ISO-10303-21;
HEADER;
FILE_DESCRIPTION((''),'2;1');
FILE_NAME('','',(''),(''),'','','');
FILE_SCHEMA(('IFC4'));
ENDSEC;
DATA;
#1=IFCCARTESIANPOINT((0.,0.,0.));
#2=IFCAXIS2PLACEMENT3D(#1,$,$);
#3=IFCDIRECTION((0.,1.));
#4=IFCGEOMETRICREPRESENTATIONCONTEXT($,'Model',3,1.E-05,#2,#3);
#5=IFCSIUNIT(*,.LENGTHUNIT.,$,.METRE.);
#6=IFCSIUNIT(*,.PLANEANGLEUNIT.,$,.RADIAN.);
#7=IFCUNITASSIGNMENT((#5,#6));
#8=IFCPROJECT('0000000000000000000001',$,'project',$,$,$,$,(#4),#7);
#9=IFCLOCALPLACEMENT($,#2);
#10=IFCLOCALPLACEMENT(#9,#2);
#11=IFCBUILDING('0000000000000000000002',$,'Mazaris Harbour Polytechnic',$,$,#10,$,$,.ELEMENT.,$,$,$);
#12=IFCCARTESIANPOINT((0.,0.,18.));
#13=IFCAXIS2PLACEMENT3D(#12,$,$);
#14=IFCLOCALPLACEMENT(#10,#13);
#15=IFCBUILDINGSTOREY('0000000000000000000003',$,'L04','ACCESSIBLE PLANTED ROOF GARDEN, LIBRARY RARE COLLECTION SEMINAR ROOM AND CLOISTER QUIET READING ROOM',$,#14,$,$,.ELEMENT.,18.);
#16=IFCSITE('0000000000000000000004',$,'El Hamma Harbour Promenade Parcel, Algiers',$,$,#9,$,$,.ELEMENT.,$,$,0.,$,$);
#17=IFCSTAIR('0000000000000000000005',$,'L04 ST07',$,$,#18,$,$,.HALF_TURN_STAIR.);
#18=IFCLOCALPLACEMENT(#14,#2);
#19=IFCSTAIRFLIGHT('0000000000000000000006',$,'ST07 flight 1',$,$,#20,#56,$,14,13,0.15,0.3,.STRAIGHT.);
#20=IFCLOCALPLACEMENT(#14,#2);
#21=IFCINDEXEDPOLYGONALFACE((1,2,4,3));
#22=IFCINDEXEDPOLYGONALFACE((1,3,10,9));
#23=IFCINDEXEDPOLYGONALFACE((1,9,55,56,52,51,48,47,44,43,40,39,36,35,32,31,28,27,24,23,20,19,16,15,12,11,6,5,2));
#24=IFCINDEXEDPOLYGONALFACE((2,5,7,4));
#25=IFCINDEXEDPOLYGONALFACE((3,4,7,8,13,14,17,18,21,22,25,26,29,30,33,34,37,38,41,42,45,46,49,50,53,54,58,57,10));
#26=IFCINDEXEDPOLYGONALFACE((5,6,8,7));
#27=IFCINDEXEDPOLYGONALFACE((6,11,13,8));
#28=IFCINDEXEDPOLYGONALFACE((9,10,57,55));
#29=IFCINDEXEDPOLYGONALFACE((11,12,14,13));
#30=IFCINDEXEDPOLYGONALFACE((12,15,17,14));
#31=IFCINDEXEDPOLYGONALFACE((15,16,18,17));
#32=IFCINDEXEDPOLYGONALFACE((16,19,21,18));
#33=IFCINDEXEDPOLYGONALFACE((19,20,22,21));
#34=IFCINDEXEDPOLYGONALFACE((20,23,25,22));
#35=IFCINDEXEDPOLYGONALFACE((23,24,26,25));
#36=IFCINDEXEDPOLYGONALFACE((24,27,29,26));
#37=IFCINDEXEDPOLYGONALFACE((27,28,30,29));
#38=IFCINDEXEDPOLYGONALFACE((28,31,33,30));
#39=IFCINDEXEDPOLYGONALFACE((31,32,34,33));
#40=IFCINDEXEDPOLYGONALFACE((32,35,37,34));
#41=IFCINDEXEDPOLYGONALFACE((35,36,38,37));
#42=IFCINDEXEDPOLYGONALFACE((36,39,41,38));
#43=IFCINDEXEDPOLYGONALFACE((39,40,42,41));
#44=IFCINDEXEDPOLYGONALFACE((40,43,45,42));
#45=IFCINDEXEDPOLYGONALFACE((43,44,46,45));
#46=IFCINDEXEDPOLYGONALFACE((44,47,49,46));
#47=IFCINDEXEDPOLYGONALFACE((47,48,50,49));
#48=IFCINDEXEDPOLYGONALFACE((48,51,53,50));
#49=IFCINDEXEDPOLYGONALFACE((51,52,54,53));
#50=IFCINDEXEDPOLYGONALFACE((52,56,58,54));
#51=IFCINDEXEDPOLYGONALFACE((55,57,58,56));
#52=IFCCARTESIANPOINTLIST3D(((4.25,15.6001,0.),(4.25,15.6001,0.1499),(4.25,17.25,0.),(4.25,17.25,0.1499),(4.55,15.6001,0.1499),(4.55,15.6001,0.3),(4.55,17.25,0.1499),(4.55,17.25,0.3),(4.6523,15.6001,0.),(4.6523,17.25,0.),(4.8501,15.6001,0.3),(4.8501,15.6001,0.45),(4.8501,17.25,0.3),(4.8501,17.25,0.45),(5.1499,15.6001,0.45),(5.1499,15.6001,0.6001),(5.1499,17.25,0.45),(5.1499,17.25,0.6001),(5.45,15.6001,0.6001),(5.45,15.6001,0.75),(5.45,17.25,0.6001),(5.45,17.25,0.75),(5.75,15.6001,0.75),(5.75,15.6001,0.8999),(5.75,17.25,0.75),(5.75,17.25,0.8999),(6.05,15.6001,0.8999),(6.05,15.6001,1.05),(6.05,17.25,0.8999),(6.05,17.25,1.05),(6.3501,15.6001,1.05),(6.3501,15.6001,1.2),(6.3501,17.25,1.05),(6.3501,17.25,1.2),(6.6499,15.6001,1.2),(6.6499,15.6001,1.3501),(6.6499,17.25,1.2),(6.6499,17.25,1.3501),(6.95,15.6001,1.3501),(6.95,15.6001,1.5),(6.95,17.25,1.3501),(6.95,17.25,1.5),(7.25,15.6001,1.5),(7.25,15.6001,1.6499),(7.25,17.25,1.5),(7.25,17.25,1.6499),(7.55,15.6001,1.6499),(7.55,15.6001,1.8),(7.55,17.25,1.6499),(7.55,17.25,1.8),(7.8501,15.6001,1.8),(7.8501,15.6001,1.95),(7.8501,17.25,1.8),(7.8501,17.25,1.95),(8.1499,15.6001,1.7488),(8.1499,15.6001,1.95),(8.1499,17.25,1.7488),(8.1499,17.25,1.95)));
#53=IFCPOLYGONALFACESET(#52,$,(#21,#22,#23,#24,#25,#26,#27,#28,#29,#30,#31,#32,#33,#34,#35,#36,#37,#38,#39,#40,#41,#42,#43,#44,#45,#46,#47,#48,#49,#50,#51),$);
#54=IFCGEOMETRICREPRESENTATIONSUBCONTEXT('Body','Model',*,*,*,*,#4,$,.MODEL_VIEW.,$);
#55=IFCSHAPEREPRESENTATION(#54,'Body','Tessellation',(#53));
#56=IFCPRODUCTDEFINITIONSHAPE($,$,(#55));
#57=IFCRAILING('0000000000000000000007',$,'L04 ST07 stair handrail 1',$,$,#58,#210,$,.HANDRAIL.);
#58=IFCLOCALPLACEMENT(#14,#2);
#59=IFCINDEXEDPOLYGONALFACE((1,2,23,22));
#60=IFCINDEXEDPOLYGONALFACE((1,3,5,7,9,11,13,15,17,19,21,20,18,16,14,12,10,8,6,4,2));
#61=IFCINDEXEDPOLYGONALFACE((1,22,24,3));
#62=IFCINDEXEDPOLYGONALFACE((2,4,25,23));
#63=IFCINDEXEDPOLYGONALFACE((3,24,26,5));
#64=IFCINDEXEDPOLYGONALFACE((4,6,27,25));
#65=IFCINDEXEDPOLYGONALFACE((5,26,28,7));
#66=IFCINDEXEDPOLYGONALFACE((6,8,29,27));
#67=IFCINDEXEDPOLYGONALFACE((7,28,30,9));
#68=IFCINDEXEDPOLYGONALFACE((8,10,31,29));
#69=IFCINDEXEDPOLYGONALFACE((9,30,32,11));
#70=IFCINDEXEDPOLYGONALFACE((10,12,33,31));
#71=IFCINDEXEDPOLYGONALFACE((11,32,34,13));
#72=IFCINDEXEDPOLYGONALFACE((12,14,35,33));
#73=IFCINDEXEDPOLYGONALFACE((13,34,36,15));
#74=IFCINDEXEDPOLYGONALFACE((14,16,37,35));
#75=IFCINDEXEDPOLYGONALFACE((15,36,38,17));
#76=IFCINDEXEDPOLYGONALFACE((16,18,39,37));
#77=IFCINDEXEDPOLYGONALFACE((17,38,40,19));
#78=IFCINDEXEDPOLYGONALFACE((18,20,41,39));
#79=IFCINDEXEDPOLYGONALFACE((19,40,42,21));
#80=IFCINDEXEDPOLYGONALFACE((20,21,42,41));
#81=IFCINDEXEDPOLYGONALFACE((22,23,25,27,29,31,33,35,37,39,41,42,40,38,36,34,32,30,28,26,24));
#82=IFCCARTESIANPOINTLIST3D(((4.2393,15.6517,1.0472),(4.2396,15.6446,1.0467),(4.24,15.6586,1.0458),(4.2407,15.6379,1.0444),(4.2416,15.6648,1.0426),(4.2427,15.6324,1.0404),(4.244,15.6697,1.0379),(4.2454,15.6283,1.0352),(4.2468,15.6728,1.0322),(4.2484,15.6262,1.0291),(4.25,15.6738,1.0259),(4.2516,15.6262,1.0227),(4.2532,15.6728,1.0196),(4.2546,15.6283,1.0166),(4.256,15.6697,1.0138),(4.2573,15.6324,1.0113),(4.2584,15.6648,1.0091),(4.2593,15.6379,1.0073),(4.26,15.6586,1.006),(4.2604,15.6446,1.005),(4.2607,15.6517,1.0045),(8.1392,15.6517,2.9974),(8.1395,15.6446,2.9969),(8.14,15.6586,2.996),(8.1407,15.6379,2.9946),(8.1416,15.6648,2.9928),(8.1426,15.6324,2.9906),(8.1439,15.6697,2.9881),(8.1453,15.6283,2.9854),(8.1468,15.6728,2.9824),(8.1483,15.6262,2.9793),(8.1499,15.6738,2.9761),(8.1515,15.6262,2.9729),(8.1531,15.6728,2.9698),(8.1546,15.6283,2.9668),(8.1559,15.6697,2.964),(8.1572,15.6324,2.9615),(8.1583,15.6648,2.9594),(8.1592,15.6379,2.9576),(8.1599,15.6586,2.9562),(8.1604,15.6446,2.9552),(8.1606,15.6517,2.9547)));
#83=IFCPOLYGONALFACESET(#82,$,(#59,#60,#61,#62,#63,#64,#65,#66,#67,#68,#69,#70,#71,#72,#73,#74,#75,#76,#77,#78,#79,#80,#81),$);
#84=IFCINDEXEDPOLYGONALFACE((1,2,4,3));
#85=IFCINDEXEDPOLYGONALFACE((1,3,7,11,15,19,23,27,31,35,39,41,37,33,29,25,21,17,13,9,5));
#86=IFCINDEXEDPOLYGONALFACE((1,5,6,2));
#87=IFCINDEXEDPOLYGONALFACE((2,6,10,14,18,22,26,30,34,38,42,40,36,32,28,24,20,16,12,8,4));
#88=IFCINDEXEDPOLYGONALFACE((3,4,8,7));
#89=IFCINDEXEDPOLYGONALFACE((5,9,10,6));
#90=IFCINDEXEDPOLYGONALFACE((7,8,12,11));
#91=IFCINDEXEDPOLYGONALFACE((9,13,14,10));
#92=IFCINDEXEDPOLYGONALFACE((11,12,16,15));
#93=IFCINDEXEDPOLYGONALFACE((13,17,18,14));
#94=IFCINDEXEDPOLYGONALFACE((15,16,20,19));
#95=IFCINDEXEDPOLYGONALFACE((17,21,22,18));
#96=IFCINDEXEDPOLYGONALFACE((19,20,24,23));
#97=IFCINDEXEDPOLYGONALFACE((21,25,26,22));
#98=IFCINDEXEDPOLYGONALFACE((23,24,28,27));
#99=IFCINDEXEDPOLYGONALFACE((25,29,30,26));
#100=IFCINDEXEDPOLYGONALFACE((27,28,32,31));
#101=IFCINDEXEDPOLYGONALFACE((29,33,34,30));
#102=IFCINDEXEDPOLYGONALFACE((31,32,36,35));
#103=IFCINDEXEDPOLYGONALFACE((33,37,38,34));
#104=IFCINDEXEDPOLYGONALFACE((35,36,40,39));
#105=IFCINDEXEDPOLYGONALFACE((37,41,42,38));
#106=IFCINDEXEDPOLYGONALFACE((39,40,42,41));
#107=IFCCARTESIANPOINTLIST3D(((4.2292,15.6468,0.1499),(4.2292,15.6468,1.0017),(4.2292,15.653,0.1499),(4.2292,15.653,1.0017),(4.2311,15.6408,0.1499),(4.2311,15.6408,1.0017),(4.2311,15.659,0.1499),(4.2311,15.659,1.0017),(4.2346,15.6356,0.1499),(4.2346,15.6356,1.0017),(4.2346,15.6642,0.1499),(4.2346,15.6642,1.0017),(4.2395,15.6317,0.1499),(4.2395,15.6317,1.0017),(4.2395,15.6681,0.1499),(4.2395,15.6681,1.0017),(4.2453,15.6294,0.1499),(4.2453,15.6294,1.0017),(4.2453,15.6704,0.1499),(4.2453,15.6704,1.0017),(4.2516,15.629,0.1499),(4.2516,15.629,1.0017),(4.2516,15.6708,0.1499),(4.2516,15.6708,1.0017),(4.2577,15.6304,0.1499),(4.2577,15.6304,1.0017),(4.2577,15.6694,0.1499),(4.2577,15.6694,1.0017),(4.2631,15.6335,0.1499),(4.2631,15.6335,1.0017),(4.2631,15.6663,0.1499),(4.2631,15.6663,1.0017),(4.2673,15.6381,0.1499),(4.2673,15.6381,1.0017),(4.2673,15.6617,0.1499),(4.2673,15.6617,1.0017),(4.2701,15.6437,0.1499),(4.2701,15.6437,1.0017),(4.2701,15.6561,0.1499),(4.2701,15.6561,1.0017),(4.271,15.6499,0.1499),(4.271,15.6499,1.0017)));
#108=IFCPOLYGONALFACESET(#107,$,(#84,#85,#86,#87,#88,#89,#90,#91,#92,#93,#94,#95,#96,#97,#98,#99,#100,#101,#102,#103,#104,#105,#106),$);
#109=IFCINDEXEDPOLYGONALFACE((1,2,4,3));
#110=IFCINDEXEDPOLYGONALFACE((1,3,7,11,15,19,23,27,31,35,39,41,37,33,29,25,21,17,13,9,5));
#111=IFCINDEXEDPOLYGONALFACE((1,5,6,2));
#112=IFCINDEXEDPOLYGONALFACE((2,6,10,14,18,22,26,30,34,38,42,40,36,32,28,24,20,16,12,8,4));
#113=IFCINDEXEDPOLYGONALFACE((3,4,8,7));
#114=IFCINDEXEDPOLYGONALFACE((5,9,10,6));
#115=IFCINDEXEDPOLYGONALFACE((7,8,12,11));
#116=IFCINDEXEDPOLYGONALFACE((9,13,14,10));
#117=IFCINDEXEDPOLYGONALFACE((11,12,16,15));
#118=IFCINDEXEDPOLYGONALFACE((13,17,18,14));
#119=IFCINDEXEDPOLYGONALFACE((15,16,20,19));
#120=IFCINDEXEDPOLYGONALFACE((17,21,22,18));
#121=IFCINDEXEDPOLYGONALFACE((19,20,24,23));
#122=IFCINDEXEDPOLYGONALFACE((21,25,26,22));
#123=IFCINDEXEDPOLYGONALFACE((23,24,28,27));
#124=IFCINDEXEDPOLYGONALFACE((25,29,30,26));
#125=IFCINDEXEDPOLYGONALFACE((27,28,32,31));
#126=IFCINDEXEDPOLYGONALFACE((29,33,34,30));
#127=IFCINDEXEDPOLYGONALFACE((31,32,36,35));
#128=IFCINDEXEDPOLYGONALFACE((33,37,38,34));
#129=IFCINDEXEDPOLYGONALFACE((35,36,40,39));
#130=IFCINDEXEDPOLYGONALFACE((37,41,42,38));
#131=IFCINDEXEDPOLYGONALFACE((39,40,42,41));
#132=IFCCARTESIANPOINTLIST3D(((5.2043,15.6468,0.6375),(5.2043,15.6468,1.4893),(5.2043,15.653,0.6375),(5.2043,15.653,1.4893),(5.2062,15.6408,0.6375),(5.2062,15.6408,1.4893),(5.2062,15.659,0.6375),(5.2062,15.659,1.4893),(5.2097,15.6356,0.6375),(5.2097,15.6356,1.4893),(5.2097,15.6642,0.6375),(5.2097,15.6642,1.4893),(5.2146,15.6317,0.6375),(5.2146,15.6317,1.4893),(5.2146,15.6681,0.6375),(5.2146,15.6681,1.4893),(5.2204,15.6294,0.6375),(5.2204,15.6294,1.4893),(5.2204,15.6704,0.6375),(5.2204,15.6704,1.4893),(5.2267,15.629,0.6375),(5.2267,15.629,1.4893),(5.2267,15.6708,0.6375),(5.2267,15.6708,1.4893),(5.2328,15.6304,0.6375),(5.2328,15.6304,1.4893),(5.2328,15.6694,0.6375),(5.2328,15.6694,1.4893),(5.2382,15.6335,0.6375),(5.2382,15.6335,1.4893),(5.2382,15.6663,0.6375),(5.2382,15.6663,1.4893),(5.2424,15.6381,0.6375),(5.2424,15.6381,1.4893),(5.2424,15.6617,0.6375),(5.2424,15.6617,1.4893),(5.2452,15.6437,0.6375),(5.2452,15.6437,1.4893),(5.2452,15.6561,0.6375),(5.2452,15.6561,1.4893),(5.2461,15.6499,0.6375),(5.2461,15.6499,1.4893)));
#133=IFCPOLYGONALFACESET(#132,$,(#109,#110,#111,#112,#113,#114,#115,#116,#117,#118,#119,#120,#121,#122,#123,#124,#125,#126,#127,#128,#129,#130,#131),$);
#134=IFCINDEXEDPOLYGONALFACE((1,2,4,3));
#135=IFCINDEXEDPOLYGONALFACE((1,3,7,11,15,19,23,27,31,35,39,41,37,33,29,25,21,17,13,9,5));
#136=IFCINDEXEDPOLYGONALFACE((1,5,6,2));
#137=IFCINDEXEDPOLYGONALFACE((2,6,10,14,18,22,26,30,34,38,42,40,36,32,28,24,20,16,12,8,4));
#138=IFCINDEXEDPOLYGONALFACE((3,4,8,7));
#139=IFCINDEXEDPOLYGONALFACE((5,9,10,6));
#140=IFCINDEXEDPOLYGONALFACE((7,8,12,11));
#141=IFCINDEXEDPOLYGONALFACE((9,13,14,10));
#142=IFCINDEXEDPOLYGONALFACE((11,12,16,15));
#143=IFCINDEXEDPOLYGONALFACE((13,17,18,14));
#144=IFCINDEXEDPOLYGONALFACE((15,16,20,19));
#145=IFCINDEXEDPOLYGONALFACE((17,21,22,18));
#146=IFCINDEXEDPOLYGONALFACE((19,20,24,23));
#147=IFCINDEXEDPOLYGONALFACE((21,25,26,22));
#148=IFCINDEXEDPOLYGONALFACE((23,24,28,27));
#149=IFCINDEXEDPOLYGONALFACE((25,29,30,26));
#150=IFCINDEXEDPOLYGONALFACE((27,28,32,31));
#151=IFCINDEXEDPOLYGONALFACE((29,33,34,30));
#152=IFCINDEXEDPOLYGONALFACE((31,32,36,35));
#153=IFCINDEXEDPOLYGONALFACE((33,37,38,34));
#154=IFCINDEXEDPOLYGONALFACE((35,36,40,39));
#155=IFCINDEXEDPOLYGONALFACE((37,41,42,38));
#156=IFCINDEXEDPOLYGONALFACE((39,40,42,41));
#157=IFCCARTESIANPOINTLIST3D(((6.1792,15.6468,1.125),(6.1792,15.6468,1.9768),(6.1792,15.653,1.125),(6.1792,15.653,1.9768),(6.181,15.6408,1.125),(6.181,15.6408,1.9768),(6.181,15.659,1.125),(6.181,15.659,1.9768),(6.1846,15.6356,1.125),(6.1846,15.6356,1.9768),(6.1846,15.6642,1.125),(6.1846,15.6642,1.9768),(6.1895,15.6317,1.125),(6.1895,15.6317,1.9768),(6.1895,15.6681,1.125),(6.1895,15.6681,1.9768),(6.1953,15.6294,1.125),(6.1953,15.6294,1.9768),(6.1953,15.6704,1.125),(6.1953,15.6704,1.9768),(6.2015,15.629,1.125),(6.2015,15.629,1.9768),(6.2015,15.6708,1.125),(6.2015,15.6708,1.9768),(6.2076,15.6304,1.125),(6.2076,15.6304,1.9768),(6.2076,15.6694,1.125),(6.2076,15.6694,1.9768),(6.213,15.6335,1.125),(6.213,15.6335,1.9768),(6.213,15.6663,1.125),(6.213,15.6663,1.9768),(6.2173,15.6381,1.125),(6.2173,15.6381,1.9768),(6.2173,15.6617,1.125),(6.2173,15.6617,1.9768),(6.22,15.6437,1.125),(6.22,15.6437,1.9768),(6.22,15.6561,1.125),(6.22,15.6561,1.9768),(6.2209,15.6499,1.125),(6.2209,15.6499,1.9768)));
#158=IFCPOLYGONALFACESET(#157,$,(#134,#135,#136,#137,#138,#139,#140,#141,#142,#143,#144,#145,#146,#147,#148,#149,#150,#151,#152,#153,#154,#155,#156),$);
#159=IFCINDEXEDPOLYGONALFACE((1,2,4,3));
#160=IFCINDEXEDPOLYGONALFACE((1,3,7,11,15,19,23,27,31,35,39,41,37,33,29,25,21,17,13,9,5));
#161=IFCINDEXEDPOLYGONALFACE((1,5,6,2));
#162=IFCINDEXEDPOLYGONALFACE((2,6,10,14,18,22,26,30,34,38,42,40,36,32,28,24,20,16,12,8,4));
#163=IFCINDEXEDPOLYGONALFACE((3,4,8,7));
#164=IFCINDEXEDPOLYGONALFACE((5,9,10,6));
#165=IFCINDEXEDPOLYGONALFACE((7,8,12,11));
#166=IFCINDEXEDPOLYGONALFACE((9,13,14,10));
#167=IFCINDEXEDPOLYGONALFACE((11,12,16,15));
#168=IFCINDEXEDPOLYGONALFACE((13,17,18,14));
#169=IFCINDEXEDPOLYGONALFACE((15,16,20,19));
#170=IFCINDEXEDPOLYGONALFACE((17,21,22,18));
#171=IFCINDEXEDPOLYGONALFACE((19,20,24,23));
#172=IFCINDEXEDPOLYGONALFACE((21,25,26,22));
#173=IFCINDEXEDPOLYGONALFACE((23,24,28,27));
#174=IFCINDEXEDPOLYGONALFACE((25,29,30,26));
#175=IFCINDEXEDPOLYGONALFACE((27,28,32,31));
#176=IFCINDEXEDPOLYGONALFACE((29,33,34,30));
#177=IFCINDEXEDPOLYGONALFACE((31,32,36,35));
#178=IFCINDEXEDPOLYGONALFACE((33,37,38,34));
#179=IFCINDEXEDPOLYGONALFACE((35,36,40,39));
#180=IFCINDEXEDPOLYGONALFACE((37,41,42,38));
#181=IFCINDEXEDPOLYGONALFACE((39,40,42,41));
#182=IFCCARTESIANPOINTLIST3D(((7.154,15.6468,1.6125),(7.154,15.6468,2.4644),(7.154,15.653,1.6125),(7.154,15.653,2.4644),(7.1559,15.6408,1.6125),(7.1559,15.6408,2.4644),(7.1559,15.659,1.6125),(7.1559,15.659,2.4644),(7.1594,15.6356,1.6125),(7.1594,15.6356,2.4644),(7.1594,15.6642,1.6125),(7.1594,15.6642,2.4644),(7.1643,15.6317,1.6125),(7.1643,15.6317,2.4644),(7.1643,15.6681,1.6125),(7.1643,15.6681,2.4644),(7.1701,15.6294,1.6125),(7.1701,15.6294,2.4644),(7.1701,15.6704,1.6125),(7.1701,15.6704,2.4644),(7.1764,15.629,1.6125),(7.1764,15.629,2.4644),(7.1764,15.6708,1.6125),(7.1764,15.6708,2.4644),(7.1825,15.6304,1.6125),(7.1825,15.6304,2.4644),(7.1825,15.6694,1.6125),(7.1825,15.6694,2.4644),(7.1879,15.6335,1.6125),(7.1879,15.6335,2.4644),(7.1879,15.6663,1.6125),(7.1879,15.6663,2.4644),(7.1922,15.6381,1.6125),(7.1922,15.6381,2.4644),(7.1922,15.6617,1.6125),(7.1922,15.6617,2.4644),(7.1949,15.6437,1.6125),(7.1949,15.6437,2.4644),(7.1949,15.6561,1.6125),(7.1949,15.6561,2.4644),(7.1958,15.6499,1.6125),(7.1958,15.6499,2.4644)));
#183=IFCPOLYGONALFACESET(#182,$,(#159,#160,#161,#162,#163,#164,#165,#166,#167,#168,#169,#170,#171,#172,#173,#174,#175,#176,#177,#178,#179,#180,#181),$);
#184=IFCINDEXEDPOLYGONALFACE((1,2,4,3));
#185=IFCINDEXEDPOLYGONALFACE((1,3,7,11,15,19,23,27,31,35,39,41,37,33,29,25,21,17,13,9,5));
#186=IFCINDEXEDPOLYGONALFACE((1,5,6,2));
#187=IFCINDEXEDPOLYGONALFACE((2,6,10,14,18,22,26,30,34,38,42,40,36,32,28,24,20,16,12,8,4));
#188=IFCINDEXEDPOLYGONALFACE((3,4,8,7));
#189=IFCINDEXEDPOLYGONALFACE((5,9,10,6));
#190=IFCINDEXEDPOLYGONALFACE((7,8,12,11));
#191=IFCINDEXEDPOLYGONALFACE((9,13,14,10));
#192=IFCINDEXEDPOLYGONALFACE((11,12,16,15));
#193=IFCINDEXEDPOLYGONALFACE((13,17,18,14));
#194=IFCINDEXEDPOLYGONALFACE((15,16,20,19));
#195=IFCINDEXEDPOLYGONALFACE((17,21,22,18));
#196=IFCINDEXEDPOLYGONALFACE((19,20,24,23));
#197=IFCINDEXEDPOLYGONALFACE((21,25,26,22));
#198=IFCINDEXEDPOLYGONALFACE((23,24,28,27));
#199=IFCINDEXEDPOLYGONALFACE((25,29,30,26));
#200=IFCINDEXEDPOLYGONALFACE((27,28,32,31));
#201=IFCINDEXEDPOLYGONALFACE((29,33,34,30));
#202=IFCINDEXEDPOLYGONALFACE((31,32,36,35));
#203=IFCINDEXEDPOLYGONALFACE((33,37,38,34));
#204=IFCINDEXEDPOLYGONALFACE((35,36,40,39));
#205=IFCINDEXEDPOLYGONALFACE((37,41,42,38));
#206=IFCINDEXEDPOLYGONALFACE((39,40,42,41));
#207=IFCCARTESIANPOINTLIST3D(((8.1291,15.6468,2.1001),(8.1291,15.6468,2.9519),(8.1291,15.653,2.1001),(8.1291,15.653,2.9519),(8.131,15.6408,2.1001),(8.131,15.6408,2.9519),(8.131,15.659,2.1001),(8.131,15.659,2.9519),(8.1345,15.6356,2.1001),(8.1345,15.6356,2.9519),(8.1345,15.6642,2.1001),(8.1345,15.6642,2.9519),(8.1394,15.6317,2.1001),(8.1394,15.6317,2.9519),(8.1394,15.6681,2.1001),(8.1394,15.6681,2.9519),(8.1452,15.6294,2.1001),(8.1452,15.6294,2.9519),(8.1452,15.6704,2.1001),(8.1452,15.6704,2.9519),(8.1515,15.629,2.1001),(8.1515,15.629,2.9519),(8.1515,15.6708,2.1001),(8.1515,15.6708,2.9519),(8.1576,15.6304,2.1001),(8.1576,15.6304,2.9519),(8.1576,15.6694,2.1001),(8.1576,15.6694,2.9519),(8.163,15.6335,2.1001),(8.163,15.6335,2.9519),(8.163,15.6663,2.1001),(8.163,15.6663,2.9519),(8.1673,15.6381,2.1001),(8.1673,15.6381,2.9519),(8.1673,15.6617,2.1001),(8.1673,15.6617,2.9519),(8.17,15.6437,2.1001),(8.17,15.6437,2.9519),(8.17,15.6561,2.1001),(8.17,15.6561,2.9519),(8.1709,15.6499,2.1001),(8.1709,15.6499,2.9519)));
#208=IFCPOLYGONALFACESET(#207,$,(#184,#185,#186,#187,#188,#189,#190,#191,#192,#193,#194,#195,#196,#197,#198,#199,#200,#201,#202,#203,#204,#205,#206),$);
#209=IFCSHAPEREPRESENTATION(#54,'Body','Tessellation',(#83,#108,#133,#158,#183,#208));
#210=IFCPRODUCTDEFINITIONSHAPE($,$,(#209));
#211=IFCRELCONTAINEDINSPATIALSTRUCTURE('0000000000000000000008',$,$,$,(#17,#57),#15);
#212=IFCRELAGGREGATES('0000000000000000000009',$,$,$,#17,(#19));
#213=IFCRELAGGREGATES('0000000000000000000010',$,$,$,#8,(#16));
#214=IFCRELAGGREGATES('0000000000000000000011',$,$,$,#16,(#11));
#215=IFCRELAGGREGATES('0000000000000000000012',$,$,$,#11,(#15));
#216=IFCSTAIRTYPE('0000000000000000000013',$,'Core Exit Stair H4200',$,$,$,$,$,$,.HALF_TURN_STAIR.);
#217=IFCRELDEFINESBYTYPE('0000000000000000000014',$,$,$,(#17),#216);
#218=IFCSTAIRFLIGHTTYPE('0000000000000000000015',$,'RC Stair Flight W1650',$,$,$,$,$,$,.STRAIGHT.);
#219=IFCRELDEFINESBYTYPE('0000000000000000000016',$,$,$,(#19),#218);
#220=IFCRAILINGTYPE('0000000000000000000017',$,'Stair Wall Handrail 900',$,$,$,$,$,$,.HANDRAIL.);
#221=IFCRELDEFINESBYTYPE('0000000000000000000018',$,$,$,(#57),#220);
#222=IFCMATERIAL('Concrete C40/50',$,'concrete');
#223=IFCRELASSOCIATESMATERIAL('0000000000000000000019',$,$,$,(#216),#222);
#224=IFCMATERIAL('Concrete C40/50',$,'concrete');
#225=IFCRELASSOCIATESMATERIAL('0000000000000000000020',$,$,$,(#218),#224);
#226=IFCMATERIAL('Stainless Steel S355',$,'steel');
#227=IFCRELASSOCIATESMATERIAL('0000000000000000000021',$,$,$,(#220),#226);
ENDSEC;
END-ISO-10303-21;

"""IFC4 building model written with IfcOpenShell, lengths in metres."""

from ifc_helpers import new_model, si_unit, direction, frame, origin, origin_2d, place, context, subcontext, project, spatial, polyline, circle, outline, extrude, material, type_object, element, aggregate, save


model = new_model("IFC4")

# Units and contexts
model_context = context("Model", 3, precision=1e-05, world=origin(), true_north=direction((0.0, 1.0)))
body_context = subcontext(model_context, "Body", "Model", "MODEL_VIEW")
ifc_project = project(units=[si_unit("LENGTHUNIT", "METRE"), si_unit("PLANEANGLEUNIT", "RADIAN")], contexts=[model_context])

# Site, building, storey
site_placement = place(None, origin())
site = spatial("IfcSite", under=ifc_project, at=site_placement, Name="El Hamma Harbour Promenade Parcel, Algiers", CompositionType="ELEMENT", RefElevation=0.0)
building_placement = place(site_placement, origin())
building = spatial("IfcBuilding", under=site, at=building_placement, Name="Mazaris Harbour Polytechnic", CompositionType="ELEMENT")
storey_placement = place(building_placement, frame((0.0, 0.0, 18.0)))
storey = spatial("IfcBuildingStorey", under=building, at=storey_placement, Name="L04", Description="ACCESSIBLE PLANTED ROOF GARDEN, LIBRARY RARE COLLECTION SEMINAR ROOM AND CLOISTER QUIET READING ROOM", CompositionType="ELEMENT", Elevation=18.0)

# Stair, stair flight
ifc_material_1 = material(Name="Concrete C40/50", Category="concrete")
stair_type = type_object("IfcStairType", Name="Core Exit Stair H4200", PredefinedType="HALF_TURN_STAIR", material=ifc_material_1)
stair_placement = place(storey_placement, origin())
stair = element("IfcStair", 1, at=stair_placement, inside=storey, type_object=stair_type, Name="L04 ST07", PredefinedType="HALF_TURN_STAIR")
ifc_material_2 = material(Name="Concrete C40/50", Category="concrete")
stair_flight_type = type_object("IfcStairFlightType", Name="RC Stair Flight W1650", PredefinedType="STRAIGHT", material=ifc_material_2)
stair_flight_placement = place(storey_placement, frame((4.25, 16.425, 0.0), z_axis=(0.0, 0.0, 1.0), x_axis=(1.0, 0.0, 0.0)))
stair_flight = element("IfcStairFlight", 2, at=stair_flight_placement, type_object=stair_flight_type, Name="ST07 flight 1", NumberOfRisers=14, NumberOfTreads=13, PredefinedType="STRAIGHT", RiserHeight=0.15, TreadLength=0.3, context=body_context, shape_type="SweptSolid", body=[
    extrude(outline(polyline([(0.0, 0.0), (0.0, 0.1499), (0.3, 0.1499), (0.3, 0.3), (0.6001, 0.3), (0.6001, 0.45), (0.8999, 0.45), (0.8999, 0.6001), (1.2, 0.6001), (1.2, 0.75), (1.5, 0.75), (1.5, 0.8999), (1.8, 0.8999), (1.8, 1.05), (2.1001, 1.05), (2.1001, 1.2), (2.3999, 1.2), (2.3999, 1.3501), (2.7, 1.3501), (2.7, 1.5), (3.0, 1.5), (3.0, 1.6499), (3.3, 1.6499), (3.3, 1.8), (3.6001, 1.8), (3.6001, 1.95), (3.8999, 1.95), (3.8999, 2.1001), (3.8999, 1.7488), (0.4023, 0.0), (0.0, 0.0)])), frame((0.0, 0.825, 0.0), z_axis=(0.0, -1.0, 0.0), x_axis=(1.0, 0.0, 0.0)), (0.0, 0.0, 1.0), 1.6499),
])
aggregate(stair, [stair_flight])

# Railing
ifc_material_3 = material(Name="Stainless Steel S355", Category="steel")
railing_type_1 = type_object("IfcRailingType", Name="Stair Wall Handrail 900", PredefinedType="HANDRAIL", material=ifc_material_3)
railing_1_placement = place(storey_placement, frame((4.25, 15.6499, 0.1499)))
element("IfcRailing", 3, at=railing_1_placement, inside=storey, type_object=railing_type_1, Name="L04 ST07 stair handrail 1", PredefinedType="HANDRAIL", context=body_context, shape_type="SweptSolid", body=[
    extrude(circle(Radius=0.0239, at=origin_2d()), frame((0.0, 0.0, 0.876), z_axis=(0.894405, 0.0, 0.447258), x_axis=(0.0, 1.0, 0.0)), (0.0, 0.0, 1.0), 4.3604),
    extrude(circle(Radius=0.021, at=origin_2d()), origin(), (0.0, 0.0, 1.0), 0.8518),
    extrude(circle(Radius=0.021, at=origin_2d()), frame((0.9751, 0.0, 0.4875)), (0.0, 0.0, 1.0), 0.8518),
    extrude(circle(Radius=0.021, at=origin_2d()), frame((1.95, 0.0, 0.9751)), (0.0, 0.0, 1.0), 0.8518),
    extrude(circle(Radius=0.021, at=origin_2d()), frame((2.9248, 0.0, 1.4626)), (0.0, 0.0, 1.0), 0.8518),
    extrude(circle(Radius=0.021, at=origin_2d()), frame((3.8999, 0.0, 1.9502)), (0.0, 0.0, 1.0), 0.8518),
])

save(model, "model.ifc")
